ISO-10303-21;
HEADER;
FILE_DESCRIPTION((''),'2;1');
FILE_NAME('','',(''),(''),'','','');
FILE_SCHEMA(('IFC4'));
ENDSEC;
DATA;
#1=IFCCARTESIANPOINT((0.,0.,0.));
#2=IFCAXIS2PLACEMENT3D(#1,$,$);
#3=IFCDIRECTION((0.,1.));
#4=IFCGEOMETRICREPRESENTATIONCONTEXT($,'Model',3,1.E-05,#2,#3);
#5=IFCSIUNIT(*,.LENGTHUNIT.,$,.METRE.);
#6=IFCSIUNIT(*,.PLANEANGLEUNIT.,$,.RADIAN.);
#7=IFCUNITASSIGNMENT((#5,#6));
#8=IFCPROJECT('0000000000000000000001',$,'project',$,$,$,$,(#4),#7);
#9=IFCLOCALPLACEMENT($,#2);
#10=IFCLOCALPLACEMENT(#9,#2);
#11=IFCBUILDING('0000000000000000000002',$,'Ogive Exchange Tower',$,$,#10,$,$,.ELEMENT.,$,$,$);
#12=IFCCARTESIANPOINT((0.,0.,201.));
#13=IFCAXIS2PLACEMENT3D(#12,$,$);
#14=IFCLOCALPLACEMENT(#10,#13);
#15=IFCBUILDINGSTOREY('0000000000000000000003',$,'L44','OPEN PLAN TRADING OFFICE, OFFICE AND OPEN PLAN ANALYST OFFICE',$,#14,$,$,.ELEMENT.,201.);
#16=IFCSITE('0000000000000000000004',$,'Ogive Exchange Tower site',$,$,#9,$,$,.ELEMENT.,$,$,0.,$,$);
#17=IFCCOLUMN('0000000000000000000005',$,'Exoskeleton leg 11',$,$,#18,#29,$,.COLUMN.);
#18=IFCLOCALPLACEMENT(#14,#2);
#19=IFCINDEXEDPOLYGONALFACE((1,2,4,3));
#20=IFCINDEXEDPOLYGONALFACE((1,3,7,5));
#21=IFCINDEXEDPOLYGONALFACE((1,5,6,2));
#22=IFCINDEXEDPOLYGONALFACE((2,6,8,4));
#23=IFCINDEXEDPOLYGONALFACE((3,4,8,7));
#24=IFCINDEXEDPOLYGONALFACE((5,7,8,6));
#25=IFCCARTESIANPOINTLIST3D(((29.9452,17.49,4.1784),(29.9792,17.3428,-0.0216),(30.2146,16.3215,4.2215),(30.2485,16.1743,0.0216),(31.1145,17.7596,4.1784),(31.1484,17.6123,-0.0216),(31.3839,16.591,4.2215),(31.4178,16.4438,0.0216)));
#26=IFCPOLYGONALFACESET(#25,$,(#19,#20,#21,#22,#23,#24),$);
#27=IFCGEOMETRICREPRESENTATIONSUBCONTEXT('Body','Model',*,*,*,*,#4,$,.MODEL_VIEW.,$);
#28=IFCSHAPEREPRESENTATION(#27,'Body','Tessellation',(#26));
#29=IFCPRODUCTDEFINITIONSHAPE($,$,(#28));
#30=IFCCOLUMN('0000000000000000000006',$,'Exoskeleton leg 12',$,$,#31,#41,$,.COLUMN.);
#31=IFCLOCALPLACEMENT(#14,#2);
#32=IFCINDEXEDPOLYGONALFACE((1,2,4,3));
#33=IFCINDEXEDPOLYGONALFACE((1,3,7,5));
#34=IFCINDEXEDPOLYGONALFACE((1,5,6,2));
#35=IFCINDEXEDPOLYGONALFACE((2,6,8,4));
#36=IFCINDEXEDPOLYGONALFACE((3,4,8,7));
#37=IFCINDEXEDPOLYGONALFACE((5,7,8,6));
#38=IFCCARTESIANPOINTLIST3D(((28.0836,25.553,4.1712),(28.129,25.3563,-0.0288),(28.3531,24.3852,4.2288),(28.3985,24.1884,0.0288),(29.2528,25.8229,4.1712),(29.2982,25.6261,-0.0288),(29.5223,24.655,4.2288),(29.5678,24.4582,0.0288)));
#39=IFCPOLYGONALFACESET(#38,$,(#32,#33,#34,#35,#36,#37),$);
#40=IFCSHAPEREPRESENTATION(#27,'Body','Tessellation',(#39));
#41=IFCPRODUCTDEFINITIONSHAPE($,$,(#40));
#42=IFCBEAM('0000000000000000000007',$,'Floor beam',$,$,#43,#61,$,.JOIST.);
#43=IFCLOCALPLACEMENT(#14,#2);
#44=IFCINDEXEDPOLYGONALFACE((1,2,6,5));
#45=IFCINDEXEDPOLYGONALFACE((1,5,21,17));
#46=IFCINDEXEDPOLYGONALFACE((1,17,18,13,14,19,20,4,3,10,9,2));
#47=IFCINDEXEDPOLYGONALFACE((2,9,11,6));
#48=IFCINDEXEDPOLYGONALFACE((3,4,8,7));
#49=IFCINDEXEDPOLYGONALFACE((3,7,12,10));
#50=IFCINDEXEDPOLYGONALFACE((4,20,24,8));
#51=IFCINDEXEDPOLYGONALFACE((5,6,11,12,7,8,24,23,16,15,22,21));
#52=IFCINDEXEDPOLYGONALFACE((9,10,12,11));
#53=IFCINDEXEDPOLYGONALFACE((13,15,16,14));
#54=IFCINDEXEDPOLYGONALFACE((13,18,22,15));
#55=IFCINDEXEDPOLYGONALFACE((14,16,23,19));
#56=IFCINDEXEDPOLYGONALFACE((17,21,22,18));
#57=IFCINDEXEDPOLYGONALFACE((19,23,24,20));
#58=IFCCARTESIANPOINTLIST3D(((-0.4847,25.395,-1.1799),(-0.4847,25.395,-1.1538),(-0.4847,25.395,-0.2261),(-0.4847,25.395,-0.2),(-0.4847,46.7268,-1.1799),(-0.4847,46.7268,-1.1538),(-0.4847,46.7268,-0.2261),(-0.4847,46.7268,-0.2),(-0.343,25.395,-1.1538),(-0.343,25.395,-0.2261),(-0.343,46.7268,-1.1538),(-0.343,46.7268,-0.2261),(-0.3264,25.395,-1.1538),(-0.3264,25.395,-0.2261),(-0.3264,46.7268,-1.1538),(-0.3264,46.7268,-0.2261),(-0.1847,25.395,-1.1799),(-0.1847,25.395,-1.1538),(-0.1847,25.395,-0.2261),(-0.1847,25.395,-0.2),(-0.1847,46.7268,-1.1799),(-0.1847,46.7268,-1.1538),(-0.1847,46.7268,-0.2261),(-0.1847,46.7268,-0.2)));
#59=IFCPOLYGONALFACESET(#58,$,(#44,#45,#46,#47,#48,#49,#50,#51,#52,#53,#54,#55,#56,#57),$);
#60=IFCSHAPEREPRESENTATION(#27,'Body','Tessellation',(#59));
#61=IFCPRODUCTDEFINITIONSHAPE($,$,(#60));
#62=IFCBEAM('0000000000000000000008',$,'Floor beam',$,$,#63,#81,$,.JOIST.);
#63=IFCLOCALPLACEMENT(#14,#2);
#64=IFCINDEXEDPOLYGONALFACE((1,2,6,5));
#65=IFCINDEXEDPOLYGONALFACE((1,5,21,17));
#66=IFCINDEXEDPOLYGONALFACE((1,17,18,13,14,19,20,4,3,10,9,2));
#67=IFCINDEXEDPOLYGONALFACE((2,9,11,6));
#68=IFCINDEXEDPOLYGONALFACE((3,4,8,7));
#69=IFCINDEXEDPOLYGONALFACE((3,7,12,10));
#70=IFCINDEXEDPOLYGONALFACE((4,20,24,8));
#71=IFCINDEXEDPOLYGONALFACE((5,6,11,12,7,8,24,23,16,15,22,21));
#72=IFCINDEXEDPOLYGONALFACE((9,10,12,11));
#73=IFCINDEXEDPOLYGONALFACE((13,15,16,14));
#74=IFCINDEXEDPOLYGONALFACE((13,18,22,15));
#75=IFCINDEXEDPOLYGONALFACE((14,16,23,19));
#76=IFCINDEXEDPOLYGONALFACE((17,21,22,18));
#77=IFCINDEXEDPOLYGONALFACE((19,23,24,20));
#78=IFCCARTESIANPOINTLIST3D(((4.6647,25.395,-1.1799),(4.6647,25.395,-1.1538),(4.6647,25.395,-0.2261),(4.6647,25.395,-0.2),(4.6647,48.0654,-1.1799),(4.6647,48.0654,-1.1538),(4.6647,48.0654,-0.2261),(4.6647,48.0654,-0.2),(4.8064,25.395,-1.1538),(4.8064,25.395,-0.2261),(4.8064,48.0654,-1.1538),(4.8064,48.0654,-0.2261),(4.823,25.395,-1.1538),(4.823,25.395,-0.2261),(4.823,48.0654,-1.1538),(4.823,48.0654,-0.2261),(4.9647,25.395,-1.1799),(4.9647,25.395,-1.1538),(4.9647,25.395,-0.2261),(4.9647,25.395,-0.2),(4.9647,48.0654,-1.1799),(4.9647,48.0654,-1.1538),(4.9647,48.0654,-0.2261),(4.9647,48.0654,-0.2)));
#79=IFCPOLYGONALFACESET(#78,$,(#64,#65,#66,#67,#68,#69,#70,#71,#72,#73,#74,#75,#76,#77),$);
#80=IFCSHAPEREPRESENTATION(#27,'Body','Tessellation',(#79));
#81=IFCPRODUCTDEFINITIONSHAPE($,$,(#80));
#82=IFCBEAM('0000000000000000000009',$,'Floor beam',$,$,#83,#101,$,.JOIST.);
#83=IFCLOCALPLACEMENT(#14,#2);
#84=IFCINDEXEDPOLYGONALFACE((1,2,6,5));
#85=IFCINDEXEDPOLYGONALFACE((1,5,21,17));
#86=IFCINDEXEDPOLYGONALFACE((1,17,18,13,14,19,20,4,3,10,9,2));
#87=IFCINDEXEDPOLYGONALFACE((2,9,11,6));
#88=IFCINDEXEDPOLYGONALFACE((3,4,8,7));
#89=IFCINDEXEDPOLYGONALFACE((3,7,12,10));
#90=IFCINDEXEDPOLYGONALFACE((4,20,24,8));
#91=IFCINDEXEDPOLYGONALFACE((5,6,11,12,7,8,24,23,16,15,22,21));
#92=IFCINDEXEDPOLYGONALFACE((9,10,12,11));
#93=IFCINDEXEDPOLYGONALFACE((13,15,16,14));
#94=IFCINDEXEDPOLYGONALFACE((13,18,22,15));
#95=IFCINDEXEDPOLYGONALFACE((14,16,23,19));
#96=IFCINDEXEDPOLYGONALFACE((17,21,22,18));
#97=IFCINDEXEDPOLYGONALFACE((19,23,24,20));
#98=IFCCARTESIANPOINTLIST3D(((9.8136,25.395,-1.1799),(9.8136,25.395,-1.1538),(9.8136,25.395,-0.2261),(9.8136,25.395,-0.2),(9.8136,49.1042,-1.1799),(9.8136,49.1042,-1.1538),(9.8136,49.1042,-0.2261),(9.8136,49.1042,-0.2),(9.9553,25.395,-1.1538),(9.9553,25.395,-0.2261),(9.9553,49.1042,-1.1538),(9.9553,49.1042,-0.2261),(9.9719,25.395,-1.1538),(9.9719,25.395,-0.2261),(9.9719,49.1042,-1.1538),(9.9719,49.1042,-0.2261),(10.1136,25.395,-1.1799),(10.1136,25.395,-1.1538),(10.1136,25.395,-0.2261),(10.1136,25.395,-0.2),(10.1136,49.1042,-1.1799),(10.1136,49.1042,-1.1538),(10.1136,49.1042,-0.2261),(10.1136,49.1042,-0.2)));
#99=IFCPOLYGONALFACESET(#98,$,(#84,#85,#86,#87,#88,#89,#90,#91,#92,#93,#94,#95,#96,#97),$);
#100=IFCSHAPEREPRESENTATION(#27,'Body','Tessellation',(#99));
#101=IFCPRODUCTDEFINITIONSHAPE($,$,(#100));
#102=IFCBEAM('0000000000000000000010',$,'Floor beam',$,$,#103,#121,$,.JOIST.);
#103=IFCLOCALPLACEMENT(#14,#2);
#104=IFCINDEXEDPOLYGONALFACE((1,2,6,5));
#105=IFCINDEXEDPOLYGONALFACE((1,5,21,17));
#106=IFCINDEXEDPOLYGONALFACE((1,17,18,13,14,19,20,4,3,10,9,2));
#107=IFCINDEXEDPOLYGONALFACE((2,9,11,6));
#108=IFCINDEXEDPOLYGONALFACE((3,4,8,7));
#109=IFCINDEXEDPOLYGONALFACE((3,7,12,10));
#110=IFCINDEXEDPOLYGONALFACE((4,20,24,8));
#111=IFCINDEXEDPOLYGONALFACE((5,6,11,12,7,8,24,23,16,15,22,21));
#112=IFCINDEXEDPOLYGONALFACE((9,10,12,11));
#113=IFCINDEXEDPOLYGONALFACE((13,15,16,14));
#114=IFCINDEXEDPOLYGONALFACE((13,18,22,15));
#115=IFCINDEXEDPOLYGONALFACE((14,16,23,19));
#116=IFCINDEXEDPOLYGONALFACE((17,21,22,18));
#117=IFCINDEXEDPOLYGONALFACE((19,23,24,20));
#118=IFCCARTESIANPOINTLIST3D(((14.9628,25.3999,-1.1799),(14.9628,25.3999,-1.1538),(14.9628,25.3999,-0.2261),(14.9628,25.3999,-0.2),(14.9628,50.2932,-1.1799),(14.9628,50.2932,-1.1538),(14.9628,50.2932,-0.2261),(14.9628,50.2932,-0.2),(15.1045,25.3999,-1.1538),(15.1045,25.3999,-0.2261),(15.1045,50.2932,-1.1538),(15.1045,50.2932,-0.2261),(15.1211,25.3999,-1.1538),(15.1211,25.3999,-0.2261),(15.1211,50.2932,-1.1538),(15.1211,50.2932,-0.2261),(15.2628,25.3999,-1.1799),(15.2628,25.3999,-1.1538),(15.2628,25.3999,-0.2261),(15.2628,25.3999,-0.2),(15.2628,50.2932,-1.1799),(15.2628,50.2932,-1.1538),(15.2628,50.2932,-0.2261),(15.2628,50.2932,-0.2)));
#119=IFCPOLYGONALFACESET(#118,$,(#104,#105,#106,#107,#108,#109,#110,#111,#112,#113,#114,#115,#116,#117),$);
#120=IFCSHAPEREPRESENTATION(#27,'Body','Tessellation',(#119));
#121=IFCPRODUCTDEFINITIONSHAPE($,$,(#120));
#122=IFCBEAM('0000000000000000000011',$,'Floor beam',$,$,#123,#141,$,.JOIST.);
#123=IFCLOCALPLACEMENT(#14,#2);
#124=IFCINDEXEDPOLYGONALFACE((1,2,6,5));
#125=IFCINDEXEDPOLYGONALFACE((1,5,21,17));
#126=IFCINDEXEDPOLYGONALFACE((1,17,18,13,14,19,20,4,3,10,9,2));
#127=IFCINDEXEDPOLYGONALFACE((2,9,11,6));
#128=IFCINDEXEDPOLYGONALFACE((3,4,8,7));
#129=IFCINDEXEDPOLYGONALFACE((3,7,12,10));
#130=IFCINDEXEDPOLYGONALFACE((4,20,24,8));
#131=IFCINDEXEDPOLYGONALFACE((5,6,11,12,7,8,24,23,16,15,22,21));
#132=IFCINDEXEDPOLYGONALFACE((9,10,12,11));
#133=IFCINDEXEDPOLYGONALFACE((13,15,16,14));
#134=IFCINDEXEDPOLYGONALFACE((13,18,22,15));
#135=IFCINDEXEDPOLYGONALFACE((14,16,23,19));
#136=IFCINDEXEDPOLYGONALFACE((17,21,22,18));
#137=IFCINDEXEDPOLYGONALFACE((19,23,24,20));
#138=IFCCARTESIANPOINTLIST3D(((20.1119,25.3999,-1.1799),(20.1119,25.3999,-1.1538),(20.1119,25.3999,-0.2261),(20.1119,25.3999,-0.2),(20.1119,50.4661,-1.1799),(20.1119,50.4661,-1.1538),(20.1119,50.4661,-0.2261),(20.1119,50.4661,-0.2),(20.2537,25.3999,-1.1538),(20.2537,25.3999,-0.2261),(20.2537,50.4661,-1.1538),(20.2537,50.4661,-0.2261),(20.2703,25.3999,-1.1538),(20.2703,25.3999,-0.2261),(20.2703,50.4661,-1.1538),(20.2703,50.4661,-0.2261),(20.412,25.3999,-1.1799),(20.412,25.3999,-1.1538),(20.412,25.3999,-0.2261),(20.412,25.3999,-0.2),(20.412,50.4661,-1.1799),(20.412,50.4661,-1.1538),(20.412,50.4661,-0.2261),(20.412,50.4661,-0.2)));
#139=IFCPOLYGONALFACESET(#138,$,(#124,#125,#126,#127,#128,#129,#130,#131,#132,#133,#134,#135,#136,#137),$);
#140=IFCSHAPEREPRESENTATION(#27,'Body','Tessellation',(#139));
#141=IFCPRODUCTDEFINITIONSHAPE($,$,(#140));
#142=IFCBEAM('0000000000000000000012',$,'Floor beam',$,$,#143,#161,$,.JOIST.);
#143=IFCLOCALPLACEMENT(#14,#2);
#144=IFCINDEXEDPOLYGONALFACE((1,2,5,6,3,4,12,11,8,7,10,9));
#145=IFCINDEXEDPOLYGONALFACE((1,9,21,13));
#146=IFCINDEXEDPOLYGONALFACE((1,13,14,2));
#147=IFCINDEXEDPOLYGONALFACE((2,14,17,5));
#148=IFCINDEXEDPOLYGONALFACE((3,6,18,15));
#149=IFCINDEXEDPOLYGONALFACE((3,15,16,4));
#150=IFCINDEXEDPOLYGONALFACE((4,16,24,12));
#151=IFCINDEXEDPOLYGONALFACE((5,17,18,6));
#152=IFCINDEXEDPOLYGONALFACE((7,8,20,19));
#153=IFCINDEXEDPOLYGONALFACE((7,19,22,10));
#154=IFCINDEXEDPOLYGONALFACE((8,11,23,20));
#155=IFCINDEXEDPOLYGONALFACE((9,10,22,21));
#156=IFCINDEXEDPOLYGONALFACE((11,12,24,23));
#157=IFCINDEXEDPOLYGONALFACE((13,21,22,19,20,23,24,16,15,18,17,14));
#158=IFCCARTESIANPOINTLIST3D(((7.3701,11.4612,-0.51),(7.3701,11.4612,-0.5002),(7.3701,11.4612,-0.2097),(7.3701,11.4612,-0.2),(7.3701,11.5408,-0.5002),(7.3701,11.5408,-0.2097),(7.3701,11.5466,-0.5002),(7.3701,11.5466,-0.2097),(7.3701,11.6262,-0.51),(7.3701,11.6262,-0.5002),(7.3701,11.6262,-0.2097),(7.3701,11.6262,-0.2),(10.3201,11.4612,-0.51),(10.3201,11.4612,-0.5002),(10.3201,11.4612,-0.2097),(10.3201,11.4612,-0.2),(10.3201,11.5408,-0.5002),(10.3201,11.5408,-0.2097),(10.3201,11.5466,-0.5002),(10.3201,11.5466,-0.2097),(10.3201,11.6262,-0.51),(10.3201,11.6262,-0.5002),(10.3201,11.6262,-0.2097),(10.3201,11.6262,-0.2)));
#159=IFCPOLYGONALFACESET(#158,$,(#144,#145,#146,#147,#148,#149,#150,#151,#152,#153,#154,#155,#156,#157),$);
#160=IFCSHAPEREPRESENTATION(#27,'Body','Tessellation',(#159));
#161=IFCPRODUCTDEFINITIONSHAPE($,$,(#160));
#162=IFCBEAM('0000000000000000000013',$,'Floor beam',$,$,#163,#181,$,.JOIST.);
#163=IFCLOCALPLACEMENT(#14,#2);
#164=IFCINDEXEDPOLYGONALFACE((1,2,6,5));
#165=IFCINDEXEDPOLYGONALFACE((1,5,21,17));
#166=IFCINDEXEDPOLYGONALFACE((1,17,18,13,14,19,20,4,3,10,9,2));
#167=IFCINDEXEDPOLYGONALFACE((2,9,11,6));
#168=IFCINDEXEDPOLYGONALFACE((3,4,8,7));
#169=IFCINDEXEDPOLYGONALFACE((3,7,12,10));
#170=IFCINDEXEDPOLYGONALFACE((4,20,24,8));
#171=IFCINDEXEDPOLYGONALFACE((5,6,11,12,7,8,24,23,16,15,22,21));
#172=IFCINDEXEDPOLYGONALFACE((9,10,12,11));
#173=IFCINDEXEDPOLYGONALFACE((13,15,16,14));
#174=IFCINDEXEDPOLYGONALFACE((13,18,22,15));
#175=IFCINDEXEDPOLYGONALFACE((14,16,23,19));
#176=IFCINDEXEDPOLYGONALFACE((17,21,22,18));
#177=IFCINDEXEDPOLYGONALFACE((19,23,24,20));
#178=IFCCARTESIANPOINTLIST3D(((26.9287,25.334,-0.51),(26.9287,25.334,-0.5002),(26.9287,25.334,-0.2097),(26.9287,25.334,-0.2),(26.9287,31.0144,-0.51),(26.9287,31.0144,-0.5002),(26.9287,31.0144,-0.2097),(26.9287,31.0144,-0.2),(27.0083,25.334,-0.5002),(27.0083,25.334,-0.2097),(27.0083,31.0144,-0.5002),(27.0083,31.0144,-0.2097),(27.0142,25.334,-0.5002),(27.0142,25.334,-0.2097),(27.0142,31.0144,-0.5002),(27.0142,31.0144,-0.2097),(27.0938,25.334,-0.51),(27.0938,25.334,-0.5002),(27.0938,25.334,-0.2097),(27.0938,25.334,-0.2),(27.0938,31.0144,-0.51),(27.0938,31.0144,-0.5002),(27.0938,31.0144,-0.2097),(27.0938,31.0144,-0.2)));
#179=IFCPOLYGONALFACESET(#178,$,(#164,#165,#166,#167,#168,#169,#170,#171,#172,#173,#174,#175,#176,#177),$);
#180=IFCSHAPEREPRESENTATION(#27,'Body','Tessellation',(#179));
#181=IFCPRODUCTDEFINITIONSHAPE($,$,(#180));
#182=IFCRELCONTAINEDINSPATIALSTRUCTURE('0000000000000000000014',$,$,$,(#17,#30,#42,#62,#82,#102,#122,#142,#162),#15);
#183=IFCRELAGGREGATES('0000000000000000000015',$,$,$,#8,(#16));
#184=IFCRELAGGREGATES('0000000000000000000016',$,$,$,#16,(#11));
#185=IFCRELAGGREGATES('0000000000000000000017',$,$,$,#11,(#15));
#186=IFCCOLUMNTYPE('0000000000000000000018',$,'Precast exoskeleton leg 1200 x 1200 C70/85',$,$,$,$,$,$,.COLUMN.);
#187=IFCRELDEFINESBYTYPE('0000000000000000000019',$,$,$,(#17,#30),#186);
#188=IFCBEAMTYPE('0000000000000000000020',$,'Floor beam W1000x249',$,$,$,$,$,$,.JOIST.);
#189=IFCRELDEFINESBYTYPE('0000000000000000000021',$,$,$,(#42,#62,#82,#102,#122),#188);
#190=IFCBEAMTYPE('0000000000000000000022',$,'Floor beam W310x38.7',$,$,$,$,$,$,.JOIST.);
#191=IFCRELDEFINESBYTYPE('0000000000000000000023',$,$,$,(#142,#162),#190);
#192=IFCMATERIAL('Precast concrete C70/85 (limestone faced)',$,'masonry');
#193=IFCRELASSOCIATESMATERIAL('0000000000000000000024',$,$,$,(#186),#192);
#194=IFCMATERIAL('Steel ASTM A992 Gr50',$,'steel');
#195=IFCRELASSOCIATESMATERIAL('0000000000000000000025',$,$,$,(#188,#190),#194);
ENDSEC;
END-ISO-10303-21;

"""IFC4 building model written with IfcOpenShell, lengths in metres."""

from ifc_helpers import new_model, si_unit, direction, frame, origin, origin_2d, place, context, subcontext, project, spatial, rectangle, i_section, extrude, material, material_profile, profile_set, type_object, element, save


model = new_model("IFC4")

# Units and contexts
model_context = context("Model", 3, precision=1e-05, world=origin(), true_north=direction((0.0, 1.0)))
body_context = subcontext(model_context, "Body", "Model", "MODEL_VIEW")
ifc_project = project(units=[si_unit("LENGTHUNIT", "METRE"), si_unit("PLANEANGLEUNIT", "RADIAN")], contexts=[model_context])

# Site, building, storey
site_placement = place(None, origin())
site = spatial("IfcSite", under=ifc_project, at=site_placement, Name="Ogive Exchange Tower site", CompositionType="ELEMENT", RefElevation=0.0)
building_placement = place(site_placement, origin())
building = spatial("IfcBuilding", under=site, at=building_placement, Name="Ogive Exchange Tower", CompositionType="ELEMENT")
storey_placement = place(building_placement, frame((0.0, 0.0, 201.0)))
storey = spatial("IfcBuildingStorey", under=building, at=storey_placement, Name="L44", Description="OPEN PLAN TRADING OFFICE, OFFICE AND OPEN PLAN ANALYST OFFICE", CompositionType="ELEMENT", Elevation=201.0)

# Columns
ifc_material_1 = material(Name="Precast concrete C70/85 (limestone faced)", Category="masonry")
ifc_material_profile_1 = material_profile(ifc_material_1, rectangle(XDim=1.2, YDim=1.2, at=origin_2d()), Name="1200 x 1200")
ifc_profile_set_1 = profile_set([ifc_material_profile_1], Name="Precast concrete C70/85 (limestone faced)")
column_type = type_object("IfcColumnType", Name="Precast exoskeleton leg 1200 x 1200 C70/85", PredefinedType="COLUMN", material=ifc_profile_set_1)
column_1_placement = place(storey_placement, frame((30.6985, 16.8933, 0.0), z_axis=(-0.008075, 0.035029, 0.999354), x_axis=(-0.974446, -0.224623, 0.0)))
element("IfcColumn", 1, at=column_1_placement, inside=storey, type_object=column_type, Name="Exoskeleton leg 11", PredefinedType="COLUMN", context=body_context, shape_type="SweptSolid", body=[
    extrude(rectangle(XDim=1.2, YDim=1.2, at=origin_2d()), origin(), (0.0, 0.0, 1.0), 4.2026),
])
column_2_placement = place(storey_placement, frame((28.8484, 24.9072, 0.0), z_axis=(-0.0108, 0.046798, 0.998846), x_axis=(-0.974391, -0.22486, 0.0)))
element("IfcColumn", 2, at=column_2_placement, inside=storey, type_object=column_type, Name="Exoskeleton leg 12", PredefinedType="COLUMN", context=body_context, shape_type="SweptSolid", body=[
    extrude(rectangle(XDim=1.2, YDim=1.2, at=origin_2d()), origin(), (0.0, 0.0, 1.0), 4.2048),
])

# Beams
ifc_material_2 = material(Name="Steel ASTM A992 Gr50", Category="steel")
ifc_material_profile_2 = material_profile(ifc_material_2, i_section(OverallWidth=0.3, OverallDepth=0.98, WebThickness=0.0166, FlangeThickness=0.0261, at=origin_2d()), Name="W1000x249")
ifc_profile_set_2 = profile_set([ifc_material_profile_2], Name="Steel ASTM A992 Gr50")
beam_type_1 = type_object("IfcBeamType", Name="Floor beam W1000x249", PredefinedType="JOIST", material=ifc_profile_set_2)
beam_1_placement = place(storey_placement, frame((-0.3347, 25.395, -0.6899), z_axis=(0.0, 1.0, 0.0), x_axis=(-1.0, 0.0, 0.0)))
element("IfcBeam", 3, at=beam_1_placement, inside=storey, type_object=beam_type_1, Name="Floor beam", PredefinedType="JOIST", context=body_context, shape_type="SweptSolid", body=[
    extrude(i_section(OverallWidth=0.3, OverallDepth=0.98, WebThickness=0.0166, FlangeThickness=0.0261, at=origin_2d()), origin(), (0.0, 0.0, 1.0), 21.3318),
])
beam_2_placement = place(storey_placement, frame((4.8147, 25.395, -0.6899), z_axis=(0.0, 1.0, 0.0), x_axis=(-1.0, 0.0, 0.0)))
element("IfcBeam", 4, at=beam_2_placement, inside=storey, type_object=beam_type_1, Name="Floor beam", PredefinedType="JOIST", context=body_context, shape_type="SweptSolid", body=[
    extrude(i_section(OverallWidth=0.3, OverallDepth=0.98, WebThickness=0.0166, FlangeThickness=0.0261, at=origin_2d()), origin(), (0.0, 0.0, 1.0), 22.6704),
])
beam_3_placement = place(storey_placement, frame((9.9636, 25.395, -0.6899), z_axis=(0.0, 1.0, 0.0), x_axis=(-1.0, 0.0, 0.0)))
element("IfcBeam", 5, at=beam_3_placement, inside=storey, type_object=beam_type_1, Name="Floor beam", PredefinedType="JOIST", context=body_context, shape_type="SweptSolid", body=[
    extrude(i_section(OverallWidth=0.3, OverallDepth=0.98, WebThickness=0.0166, FlangeThickness=0.0261, at=origin_2d()), origin(), (0.0, 0.0, 1.0), 23.7092),
])
beam_4_placement = place(storey_placement, frame((15.1128, 25.3999, -0.6899), z_axis=(0.0, 1.0, 0.0), x_axis=(-1.0, 0.0, 0.0)))
element("IfcBeam", 6, at=beam_4_placement, inside=storey, type_object=beam_type_1, Name="Floor beam", PredefinedType="JOIST", context=body_context, shape_type="SweptSolid", body=[
    extrude(i_section(OverallWidth=0.3, OverallDepth=0.98, WebThickness=0.0166, FlangeThickness=0.0261, at=origin_2d()), origin(), (0.0, 0.0, 1.0), 24.8933),
])
beam_5_placement = place(storey_placement, frame((20.262, 25.3999, -0.6899), z_axis=(0.0, 1.0, 0.0), x_axis=(-1.0, 0.0, 0.0)))
element("IfcBeam", 7, at=beam_5_placement, inside=storey, type_object=beam_type_1, Name="Floor beam", PredefinedType="JOIST", context=body_context, shape_type="SweptSolid", body=[
    extrude(i_section(OverallWidth=0.3, OverallDepth=0.98, WebThickness=0.0166, FlangeThickness=0.0261, at=origin_2d()), origin(), (0.0, 0.0, 1.0), 25.0662),
])
ifc_material_profile_3 = material_profile(ifc_material_2, i_section(OverallWidth=0.165, OverallDepth=0.3101, WebThickness=0.0059, FlangeThickness=0.0098, at=origin_2d()), Name="W310x38.7")
ifc_profile_set_3 = profile_set([ifc_material_profile_3], Name="Steel ASTM A992 Gr50")
beam_type_2 = type_object("IfcBeamType", Name="Floor beam W310x38.7", PredefinedType="JOIST", material=ifc_profile_set_3)
beam_6_placement = place(storey_placement, frame((7.3701, 11.5437, -0.355), z_axis=(1.0, 0.0, 0.0), x_axis=(0.0, 1.0, 0.0)))
element("IfcBeam", 8, at=beam_6_placement, inside=storey, type_object=beam_type_2, Name="Floor beam", PredefinedType="JOIST", context=body_context, shape_type="SweptSolid", body=[
    extrude(i_section(OverallWidth=0.165, OverallDepth=0.3101, WebThickness=0.0059, FlangeThickness=0.0098, at=origin_2d()), origin(), (0.0, 0.0, 1.0), 2.95),
])
beam_7_placement = place(storey_placement, frame((27.0112, 25.334, -0.355), z_axis=(0.0, 1.0, 0.0), x_axis=(-1.0, 0.0, 0.0)))
element("IfcBeam", 9, at=beam_7_placement, inside=storey, type_object=beam_type_2, Name="Floor beam", PredefinedType="JOIST", context=body_context, shape_type="SweptSolid", body=[
    extrude(i_section(OverallWidth=0.165, OverallDepth=0.3101, WebThickness=0.0059, FlangeThickness=0.0098, at=origin_2d()), origin(), (0.0, 0.0, 1.0), 5.6804),
])

save(model, "model.ifc")
